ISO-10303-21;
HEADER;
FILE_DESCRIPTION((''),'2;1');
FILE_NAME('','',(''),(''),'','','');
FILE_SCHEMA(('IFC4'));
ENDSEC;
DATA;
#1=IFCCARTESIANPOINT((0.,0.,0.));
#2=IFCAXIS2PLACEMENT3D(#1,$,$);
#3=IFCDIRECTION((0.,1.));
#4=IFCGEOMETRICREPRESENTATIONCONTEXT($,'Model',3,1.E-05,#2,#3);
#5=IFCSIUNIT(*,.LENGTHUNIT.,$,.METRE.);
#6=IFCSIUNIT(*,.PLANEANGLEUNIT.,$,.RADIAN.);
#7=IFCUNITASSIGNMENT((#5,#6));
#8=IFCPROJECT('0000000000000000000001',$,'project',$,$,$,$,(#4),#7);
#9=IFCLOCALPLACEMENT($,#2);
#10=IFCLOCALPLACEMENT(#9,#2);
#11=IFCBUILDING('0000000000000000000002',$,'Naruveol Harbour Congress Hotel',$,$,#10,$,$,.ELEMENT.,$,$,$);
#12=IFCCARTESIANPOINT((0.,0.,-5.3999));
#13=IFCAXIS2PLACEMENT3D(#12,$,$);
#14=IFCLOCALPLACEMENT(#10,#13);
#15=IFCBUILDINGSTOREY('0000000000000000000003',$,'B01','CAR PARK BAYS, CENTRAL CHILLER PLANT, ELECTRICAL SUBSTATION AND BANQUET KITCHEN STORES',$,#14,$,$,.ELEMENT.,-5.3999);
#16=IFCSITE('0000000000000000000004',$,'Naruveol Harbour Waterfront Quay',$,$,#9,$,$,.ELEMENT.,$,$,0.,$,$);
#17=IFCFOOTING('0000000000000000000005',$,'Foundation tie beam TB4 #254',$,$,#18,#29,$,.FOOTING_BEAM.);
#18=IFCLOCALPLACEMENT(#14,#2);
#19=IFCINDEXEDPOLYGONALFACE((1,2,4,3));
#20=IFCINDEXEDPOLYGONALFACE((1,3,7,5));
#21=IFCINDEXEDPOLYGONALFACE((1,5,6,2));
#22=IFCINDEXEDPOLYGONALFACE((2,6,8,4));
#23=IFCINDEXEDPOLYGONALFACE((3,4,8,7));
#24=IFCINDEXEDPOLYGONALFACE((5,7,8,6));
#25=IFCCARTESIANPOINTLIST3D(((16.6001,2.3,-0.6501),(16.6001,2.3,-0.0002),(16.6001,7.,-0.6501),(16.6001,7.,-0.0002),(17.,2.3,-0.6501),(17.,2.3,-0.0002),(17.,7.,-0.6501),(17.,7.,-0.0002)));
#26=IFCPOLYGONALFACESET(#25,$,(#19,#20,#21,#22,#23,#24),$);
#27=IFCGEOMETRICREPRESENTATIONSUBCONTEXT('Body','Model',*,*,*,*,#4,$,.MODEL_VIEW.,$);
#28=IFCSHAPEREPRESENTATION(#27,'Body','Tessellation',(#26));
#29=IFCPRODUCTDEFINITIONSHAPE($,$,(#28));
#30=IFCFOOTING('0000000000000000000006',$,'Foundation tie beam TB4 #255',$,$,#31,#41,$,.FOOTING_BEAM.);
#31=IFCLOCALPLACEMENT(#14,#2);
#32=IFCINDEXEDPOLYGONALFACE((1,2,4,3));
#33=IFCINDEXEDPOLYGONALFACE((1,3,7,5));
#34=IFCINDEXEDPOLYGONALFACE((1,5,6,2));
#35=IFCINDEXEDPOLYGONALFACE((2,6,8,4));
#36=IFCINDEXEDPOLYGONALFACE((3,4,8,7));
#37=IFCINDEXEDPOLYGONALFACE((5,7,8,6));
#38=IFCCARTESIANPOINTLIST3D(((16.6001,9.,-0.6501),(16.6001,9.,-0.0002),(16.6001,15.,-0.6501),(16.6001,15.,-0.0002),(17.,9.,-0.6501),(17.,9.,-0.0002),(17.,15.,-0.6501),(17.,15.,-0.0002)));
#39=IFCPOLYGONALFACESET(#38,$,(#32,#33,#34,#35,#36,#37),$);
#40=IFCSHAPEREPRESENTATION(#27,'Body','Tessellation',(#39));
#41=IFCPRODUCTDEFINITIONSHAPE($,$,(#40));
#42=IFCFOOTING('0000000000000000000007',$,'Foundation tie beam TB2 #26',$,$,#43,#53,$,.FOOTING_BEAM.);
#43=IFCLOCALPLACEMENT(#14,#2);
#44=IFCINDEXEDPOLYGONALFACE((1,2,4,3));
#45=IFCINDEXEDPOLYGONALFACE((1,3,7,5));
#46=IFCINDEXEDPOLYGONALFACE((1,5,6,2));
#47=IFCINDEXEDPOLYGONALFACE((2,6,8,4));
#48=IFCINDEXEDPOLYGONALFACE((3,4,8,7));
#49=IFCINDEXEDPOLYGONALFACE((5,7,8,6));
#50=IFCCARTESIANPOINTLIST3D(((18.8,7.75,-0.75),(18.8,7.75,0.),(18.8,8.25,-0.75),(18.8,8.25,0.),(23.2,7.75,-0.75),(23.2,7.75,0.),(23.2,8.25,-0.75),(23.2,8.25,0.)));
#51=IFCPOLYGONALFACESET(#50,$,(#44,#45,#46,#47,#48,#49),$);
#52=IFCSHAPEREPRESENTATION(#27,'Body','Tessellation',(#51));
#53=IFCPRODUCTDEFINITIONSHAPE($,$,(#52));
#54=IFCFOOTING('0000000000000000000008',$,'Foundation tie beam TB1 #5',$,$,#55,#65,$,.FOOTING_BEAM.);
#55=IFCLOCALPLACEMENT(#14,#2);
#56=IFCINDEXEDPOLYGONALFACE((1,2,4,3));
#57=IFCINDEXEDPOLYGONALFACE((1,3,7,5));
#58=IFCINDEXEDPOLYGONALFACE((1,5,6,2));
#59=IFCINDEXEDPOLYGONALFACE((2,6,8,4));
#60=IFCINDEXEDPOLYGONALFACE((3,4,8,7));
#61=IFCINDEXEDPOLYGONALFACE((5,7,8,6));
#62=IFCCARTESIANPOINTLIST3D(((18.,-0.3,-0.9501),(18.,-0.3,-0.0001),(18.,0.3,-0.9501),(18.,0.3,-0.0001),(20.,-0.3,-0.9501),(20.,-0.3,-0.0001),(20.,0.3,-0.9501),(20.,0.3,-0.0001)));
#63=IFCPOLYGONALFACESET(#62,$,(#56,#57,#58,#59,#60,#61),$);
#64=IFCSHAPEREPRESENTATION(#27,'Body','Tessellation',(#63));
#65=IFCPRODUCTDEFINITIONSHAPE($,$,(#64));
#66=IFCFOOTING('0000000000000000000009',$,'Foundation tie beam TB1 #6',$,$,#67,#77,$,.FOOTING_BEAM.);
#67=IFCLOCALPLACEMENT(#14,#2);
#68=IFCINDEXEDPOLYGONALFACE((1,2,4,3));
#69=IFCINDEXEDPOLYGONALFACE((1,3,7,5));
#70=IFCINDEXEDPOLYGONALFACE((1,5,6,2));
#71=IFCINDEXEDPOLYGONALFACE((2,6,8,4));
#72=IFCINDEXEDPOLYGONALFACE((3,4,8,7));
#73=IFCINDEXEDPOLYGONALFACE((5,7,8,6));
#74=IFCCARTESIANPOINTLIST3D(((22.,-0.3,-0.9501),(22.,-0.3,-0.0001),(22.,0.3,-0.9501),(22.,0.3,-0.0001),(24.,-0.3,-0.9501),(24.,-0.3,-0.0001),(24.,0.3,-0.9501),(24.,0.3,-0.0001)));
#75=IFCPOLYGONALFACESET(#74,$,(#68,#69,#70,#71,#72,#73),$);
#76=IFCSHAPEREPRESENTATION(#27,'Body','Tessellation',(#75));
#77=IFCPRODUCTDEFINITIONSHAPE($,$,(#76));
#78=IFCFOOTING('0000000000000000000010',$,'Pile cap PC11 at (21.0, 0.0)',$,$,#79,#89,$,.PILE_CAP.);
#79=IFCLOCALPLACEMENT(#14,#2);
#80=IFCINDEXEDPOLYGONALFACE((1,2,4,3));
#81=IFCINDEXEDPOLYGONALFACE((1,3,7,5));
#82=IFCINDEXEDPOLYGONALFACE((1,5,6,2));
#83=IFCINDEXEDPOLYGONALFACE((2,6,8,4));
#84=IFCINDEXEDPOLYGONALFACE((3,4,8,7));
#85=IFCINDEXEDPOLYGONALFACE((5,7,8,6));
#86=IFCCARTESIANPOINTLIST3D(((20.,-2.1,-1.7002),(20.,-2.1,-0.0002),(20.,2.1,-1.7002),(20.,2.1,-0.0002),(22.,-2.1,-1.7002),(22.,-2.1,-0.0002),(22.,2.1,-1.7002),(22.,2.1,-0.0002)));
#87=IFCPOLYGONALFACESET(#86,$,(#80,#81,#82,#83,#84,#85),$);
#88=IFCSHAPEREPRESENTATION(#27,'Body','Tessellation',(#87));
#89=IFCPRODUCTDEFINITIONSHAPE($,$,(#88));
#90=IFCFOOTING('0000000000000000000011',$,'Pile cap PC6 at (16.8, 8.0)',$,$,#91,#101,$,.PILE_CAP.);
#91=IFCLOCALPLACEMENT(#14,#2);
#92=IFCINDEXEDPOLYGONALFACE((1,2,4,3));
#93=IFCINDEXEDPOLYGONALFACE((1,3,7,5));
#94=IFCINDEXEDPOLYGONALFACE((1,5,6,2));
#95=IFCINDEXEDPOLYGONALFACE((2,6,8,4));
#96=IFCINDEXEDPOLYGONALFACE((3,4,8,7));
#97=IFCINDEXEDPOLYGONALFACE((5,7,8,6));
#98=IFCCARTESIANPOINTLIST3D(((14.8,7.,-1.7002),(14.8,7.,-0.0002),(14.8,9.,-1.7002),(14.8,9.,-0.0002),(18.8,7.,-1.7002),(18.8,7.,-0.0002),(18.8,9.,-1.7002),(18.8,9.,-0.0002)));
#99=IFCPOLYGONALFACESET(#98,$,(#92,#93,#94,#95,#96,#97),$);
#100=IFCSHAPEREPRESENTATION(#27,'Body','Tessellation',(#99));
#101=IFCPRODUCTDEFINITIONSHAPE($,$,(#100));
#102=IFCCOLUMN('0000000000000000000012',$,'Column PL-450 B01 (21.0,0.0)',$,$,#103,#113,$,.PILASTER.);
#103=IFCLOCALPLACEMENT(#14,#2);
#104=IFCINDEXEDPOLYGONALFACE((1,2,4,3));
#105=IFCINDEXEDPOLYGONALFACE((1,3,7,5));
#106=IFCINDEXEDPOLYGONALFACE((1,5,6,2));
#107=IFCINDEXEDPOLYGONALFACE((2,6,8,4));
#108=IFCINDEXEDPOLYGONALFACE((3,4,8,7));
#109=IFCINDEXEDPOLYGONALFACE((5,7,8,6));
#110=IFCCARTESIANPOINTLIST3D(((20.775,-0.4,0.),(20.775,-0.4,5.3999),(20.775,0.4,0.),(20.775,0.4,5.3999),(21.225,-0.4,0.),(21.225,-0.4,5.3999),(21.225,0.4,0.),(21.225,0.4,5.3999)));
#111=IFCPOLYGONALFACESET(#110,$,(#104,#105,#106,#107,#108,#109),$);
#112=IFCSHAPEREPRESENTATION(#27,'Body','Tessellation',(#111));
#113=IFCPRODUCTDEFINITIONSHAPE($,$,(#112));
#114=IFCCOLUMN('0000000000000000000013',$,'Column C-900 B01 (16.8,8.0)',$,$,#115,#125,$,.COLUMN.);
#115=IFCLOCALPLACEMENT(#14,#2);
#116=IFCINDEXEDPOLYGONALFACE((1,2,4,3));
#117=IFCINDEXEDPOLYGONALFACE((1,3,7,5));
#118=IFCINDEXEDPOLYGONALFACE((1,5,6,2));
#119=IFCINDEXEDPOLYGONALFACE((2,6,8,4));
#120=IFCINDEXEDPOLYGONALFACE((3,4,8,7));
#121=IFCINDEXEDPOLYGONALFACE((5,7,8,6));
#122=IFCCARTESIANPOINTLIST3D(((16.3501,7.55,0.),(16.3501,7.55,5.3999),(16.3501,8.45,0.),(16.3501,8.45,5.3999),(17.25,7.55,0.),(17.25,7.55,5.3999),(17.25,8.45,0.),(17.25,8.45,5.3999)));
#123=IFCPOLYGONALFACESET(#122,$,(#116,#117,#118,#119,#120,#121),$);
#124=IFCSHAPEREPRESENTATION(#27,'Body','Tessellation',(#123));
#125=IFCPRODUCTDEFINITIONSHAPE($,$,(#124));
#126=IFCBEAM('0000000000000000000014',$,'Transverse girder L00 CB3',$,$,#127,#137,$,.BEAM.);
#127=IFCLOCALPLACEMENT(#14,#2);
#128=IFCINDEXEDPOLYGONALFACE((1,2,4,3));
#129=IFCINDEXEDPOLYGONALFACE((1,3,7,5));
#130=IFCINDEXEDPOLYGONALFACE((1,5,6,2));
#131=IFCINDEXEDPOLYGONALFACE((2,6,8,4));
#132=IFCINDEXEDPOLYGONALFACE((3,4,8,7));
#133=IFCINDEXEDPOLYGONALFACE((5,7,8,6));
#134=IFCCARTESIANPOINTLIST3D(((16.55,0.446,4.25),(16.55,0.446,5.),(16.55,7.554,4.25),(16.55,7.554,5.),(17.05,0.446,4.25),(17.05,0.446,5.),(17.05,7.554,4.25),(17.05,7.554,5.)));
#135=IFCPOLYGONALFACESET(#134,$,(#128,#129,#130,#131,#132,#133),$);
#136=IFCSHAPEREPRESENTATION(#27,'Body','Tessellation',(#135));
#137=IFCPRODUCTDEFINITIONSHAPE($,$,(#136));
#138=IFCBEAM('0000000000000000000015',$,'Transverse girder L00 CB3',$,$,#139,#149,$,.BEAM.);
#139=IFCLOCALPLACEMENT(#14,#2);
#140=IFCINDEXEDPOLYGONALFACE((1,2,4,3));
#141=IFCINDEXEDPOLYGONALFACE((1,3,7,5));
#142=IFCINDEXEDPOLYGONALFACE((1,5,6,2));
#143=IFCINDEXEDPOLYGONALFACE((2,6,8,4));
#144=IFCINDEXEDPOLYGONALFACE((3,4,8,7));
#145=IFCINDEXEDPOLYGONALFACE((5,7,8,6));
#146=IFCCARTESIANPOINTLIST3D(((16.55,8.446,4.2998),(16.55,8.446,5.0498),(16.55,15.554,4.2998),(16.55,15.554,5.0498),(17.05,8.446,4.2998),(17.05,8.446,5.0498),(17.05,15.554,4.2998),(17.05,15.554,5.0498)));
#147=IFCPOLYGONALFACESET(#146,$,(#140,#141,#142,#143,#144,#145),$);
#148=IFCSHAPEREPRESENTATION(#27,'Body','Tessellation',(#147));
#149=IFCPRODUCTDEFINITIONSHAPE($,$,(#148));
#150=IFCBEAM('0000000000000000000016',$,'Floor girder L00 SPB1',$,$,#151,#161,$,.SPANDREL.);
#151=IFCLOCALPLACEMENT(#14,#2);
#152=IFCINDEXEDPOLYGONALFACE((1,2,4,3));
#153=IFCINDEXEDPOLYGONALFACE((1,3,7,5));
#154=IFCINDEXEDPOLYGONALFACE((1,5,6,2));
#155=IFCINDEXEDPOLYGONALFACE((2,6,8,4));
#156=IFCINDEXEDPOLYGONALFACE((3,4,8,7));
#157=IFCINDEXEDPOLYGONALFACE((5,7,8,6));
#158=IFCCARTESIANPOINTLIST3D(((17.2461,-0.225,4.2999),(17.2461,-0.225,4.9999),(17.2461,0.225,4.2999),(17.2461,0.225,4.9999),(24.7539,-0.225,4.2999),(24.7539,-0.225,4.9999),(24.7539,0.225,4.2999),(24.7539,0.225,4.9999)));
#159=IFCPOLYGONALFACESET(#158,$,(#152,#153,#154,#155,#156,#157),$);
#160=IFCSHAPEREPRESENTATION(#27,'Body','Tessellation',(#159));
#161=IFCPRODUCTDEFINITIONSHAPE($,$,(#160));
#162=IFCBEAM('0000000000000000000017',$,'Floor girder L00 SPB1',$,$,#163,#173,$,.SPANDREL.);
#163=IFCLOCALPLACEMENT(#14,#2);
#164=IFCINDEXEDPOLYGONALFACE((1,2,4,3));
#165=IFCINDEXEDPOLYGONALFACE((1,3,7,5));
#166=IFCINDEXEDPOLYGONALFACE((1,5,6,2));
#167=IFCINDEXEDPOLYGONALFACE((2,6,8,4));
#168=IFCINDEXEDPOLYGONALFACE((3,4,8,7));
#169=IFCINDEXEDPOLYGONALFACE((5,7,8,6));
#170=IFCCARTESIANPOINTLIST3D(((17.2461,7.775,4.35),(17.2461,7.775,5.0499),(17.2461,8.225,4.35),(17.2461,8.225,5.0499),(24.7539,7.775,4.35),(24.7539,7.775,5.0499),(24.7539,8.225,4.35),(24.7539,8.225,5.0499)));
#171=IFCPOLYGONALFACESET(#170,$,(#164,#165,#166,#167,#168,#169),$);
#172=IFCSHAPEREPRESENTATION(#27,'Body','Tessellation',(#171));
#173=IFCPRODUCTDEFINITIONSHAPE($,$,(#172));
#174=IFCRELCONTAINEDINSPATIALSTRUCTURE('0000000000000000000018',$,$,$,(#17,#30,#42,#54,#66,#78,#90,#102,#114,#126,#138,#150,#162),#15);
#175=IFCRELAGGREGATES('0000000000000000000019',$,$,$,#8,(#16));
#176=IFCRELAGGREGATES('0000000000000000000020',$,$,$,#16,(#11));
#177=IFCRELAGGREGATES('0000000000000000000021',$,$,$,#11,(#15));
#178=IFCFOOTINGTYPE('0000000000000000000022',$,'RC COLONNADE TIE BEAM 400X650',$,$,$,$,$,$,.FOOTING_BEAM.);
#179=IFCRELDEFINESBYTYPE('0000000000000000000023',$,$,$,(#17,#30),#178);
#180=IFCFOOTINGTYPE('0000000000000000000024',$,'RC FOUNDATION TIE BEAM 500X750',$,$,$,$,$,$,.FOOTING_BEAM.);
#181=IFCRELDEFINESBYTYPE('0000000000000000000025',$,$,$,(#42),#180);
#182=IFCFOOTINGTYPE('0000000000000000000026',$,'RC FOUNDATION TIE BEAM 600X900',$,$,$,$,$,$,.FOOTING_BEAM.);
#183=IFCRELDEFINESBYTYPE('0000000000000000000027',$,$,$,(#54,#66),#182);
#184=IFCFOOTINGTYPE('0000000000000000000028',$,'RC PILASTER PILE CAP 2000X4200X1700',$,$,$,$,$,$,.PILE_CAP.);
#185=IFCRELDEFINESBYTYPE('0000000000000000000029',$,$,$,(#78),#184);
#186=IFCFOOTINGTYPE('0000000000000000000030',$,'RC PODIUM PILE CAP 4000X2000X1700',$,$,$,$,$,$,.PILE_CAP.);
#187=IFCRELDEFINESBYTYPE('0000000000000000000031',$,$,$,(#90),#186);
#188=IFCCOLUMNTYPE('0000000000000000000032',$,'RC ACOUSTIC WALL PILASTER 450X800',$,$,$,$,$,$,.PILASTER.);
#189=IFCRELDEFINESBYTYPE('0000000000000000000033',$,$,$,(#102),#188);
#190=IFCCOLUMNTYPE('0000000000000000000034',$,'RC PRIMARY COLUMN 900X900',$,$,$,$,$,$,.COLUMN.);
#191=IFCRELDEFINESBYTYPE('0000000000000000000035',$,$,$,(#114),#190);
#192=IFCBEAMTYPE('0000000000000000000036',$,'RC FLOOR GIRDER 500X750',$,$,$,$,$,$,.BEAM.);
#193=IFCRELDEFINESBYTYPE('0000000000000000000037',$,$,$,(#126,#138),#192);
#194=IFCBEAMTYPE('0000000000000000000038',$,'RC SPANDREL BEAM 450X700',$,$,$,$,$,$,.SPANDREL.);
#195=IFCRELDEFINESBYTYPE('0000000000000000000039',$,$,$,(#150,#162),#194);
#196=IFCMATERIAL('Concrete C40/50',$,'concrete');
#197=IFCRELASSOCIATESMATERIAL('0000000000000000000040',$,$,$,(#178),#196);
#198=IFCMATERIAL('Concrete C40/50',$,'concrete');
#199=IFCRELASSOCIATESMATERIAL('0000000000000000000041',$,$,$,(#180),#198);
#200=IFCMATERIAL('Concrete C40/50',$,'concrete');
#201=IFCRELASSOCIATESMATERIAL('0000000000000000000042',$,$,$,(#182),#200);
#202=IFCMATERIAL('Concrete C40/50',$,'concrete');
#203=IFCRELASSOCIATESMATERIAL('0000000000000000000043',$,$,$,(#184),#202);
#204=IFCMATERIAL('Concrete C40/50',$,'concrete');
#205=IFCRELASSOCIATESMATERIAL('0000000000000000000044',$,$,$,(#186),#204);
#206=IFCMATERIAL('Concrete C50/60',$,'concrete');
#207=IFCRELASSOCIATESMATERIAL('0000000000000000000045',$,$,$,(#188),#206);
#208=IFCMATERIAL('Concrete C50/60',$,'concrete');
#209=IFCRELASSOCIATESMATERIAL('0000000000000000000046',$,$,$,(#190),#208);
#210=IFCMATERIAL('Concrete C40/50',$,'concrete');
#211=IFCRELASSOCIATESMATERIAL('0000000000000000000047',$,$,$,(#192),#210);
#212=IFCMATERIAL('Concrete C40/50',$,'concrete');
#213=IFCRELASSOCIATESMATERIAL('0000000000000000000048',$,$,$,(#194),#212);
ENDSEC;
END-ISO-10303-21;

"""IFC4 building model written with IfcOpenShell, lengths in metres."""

from ifc_helpers import new_model, si_unit, direction, frame, origin, origin_2d, place, context, subcontext, project, spatial, rectangle, extrude, material, material_profile, profile_set, type_object, element, save


model = new_model("IFC4")

# Units and contexts
model_context = context("Model", 3, precision=1e-05, world=origin(), true_north=direction((0.0, 1.0)))
body_context = subcontext(model_context, "Body", "Model", "MODEL_VIEW")
ifc_project = project(units=[si_unit("LENGTHUNIT", "METRE"), si_unit("PLANEANGLEUNIT", "RADIAN")], contexts=[model_context])

# Site, building, storey
site_placement = place(None, origin())
site = spatial("IfcSite", under=ifc_project, at=site_placement, Name="Naruveol Harbour Waterfront Quay", CompositionType="ELEMENT", RefElevation=0.0)
building_placement = place(site_placement, origin())
building = spatial("IfcBuilding", under=site, at=building_placement, Name="Naruveol Harbour Congress Hotel", CompositionType="ELEMENT")
storey_placement = place(building_placement, frame((0.0, 0.0, -5.3999)))
storey = spatial("IfcBuildingStorey", under=building, at=storey_placement, Name="B01", Description="CAR PARK BAYS, CENTRAL CHILLER PLANT, ELECTRICAL SUBSTATION AND BANQUET KITCHEN STORES", CompositionType="ELEMENT", Elevation=-5.3999)

# Footings
ifc_material_1 = material(Name="Concrete C40/50", Category="concrete")
ifc_material_profile_1 = material_profile(ifc_material_1, rectangle(XDim=0.3999, YDim=0.6499, at=origin_2d()), Name="RCB-400x650")
ifc_profile_set_1 = profile_set([ifc_material_profile_1], Name="Concrete C40/50")
footing_type_1 = type_object("IfcFootingType", Name="RC COLONNADE TIE BEAM 400X650", PredefinedType="FOOTING_BEAM", material=ifc_profile_set_1)
footing_1_placement = place(storey_placement, frame((16.8, 2.3, -0.3252), z_axis=(0.0, 1.0, 0.0), x_axis=(-1.0, 0.0, 0.0)))
element("IfcFooting", 1, at=footing_1_placement, inside=storey, type_object=footing_type_1, Name="Foundation tie beam TB4 #254", PredefinedType="FOOTING_BEAM", context=body_context, shape_type="SweptSolid", body=[
    extrude(rectangle(XDim=0.3999, YDim=0.6499, at=origin_2d()), origin(), (0.0, 0.0, 1.0), 4.7),
])
footing_2_placement = place(storey_placement, frame((16.8, 9.0, -0.3252), z_axis=(0.0, 1.0, 0.0), x_axis=(-1.0, 0.0, 0.0)))
element("IfcFooting", 2, at=footing_2_placement, inside=storey, type_object=footing_type_1, Name="Foundation tie beam TB4 #255", PredefinedType="FOOTING_BEAM", context=body_context, shape_type="SweptSolid", body=[
    extrude(rectangle(XDim=0.3999, YDim=0.6499, at=origin_2d()), origin(), (0.0, 0.0, 1.0), 6.0),
])
ifc_material_2 = material(Name="Concrete C40/50", Category="concrete")
ifc_material_profile_2 = material_profile(ifc_material_2, rectangle(XDim=0.5, YDim=0.75, at=origin_2d()), Name="RCB-500x750")
ifc_profile_set_2 = profile_set([ifc_material_profile_2], Name="Concrete C40/50")
footing_type_2 = type_object("IfcFootingType", Name="RC FOUNDATION TIE BEAM 500X750", PredefinedType="FOOTING_BEAM", material=ifc_profile_set_2)
footing_3_placement = place(storey_placement, frame((18.8, 8.0, -0.375), z_axis=(1.0, 0.0, 0.0), x_axis=(0.0, 1.0, 0.0)))
element("IfcFooting", 3, at=footing_3_placement, inside=storey, type_object=footing_type_2, Name="Foundation tie beam TB2 #26", PredefinedType="FOOTING_BEAM", context=body_context, shape_type="SweptSolid", body=[
    extrude(rectangle(XDim=0.5, YDim=0.75, at=origin_2d()), origin(), (0.0, 0.0, 1.0), 4.3999),
])
ifc_material_3 = material(Name="Concrete C40/50", Category="concrete")
ifc_material_profile_3 = material_profile(ifc_material_3, rectangle(XDim=0.6001, YDim=0.95, at=origin_2d()), Name="RCB-600x950")
ifc_profile_set_3 = profile_set([ifc_material_profile_3], Name="Concrete C40/50")
footing_type_3 = type_object("IfcFootingType", Name="RC FOUNDATION TIE BEAM 600X900", PredefinedType="FOOTING_BEAM", material=ifc_profile_set_3)
for number, where, z_axis, x_axis, name in (
    (4, (18.0, 0.0, -0.4751), (1.0, 0.0, 0.0), (0.0, 1.0, 0.0), "Foundation tie beam TB1 #5"),
    (5, (22.0, 0.0, -0.4751), (1.0, 0.0, 0.0), (0.0, 1.0, 0.0), "Foundation tie beam TB1 #6"),
):
    element("IfcFooting", number, at=place(storey_placement, frame(where, z_axis=z_axis, x_axis=x_axis)), inside=storey, type_object=footing_type_3, Name=name, PredefinedType="FOOTING_BEAM", context=body_context, shape_type="SweptSolid", body=[
        extrude(rectangle(XDim=0.6001, YDim=0.95, at=origin_2d()), origin(), (0.0, 0.0, 1.0), 2.0),
    ])
ifc_material_4 = material(Name="Concrete C40/50", Category="concrete")
footing_type_4 = type_object("IfcFootingType", Name="RC PILASTER PILE CAP 2000X4200X1700", PredefinedType="PILE_CAP", material=ifc_material_4)
footing_4_placement = place(storey_placement, frame((21.0, 0.0, -1.7002), z_axis=(0.0, 0.0, 1.0), x_axis=(1.0, 0.0, 0.0)))
element("IfcFooting", 6, at=footing_4_placement, inside=storey, type_object=footing_type_4, Name="Pile cap PC11 at (21.0, 0.0)", PredefinedType="PILE_CAP", context=body_context, shape_type="SweptSolid", body=[
    extrude(rectangle(XDim=2.0, YDim=4.2, at=origin_2d()), origin(), (0.0, 0.0, 1.0), 1.7),
])
ifc_material_5 = material(Name="Concrete C40/50", Category="concrete")
footing_type_5 = type_object("IfcFootingType", Name="RC PODIUM PILE CAP 4000X2000X1700", PredefinedType="PILE_CAP", material=ifc_material_5)
footing_5_placement = place(storey_placement, frame((16.8, 8.0, -1.7002), z_axis=(0.0, 0.0, 1.0), x_axis=(1.0, 0.0, 0.0)))
element("IfcFooting", 7, at=footing_5_placement, inside=storey, type_object=footing_type_5, Name="Pile cap PC6 at (16.8, 8.0)", PredefinedType="PILE_CAP", context=body_context, shape_type="SweptSolid", body=[
    extrude(rectangle(XDim=4.0, YDim=2.0, at=origin_2d()), origin(), (0.0, 0.0, 1.0), 1.7),
])

# Columns
ifc_material_6 = material(Name="Concrete C50/60", Category="concrete")
ifc_material_profile_4 = material_profile(ifc_material_6, rectangle(XDim=0.45, YDim=0.8, at=origin_2d()), Name="RC-450x800")
ifc_profile_set_4 = profile_set([ifc_material_profile_4], Name="Concrete C50/60")
column_type_1 = type_object("IfcColumnType", Name="RC ACOUSTIC WALL PILASTER 450X800", PredefinedType="PILASTER", material=ifc_profile_set_4)
column_1_placement = place(storey_placement, frame((21.0, 0.0, 0.0), z_axis=(0.0, 0.0, 1.0), x_axis=(1.0, 0.0, 0.0)))
element("IfcColumn", 8, at=column_1_placement, inside=storey, type_object=column_type_1, Name="Column PL-450 B01 (21.0,0.0)", PredefinedType="PILASTER", context=body_context, shape_type="SweptSolid", body=[
    extrude(rectangle(XDim=0.45, YDim=0.8, at=origin_2d()), origin(), (0.0, 0.0, 1.0), 5.3999),
])
ifc_material_7 = material(Name="Concrete C50/60", Category="concrete")
ifc_material_profile_5 = material_profile(ifc_material_7, rectangle(XDim=0.8999, YDim=0.8999, at=origin_2d()), Name="RC-900x900")
ifc_profile_set_5 = profile_set([ifc_material_profile_5], Name="Concrete C50/60")
column_type_2 = type_object("IfcColumnType", Name="RC PRIMARY COLUMN 900X900", PredefinedType="COLUMN", material=ifc_profile_set_5)
column_2_placement = place(storey_placement, frame((16.8, 8.0, 0.0), z_axis=(0.0, 0.0, 1.0), x_axis=(1.0, 0.0, 0.0)))
element("IfcColumn", 9, at=column_2_placement, inside=storey, type_object=column_type_2, Name="Column C-900 B01 (16.8,8.0)", PredefinedType="COLUMN", context=body_context, shape_type="SweptSolid", body=[
    extrude(rectangle(XDim=0.8999, YDim=0.8999, at=origin_2d()), origin(), (0.0, 0.0, 1.0), 5.3999),
])

# Beams
ifc_material_8 = material(Name="Concrete C40/50", Category="concrete")
ifc_material_profile_6 = material_profile(ifc_material_8, rectangle(XDim=0.5, YDim=0.75, at=origin_2d()), Name="RCB-500x750")
ifc_profile_set_6 = profile_set([ifc_material_profile_6], Name="Concrete C40/50")
beam_type_1 = type_object("IfcBeamType", Name="RC FLOOR GIRDER 500X750", PredefinedType="BEAM", material=ifc_profile_set_6)
for number, where, z_axis, x_axis, name in (
    (10, (16.8, 0.446, 4.625), (0.0, 1.0, 0.0), (-1.0, 0.0, 0.0), "Transverse girder L00 CB3"),
    (11, (16.8, 8.446, 4.6748), (0.0, 1.0, 0.0), (-1.0, 0.0, 0.0), "Transverse girder L00 CB3"),
):
    element("IfcBeam", number, at=place(storey_placement, frame(where, z_axis=z_axis, x_axis=x_axis)), inside=storey, type_object=beam_type_1, Name=name, PredefinedType="BEAM", context=body_context, shape_type="SweptSolid", body=[
        extrude(rectangle(XDim=0.5, YDim=0.75, at=origin_2d()), origin(), (0.0, 0.0, 1.0), 7.1079),
    ])
ifc_material_9 = material(Name="Concrete C40/50", Category="concrete")
ifc_material_profile_7 = material_profile(ifc_material_9, rectangle(XDim=0.45, YDim=0.7, at=origin_2d()), Name="RCB-450x700")
ifc_profile_set_7 = profile_set([ifc_material_profile_7], Name="Concrete C40/50")
beam_type_2 = type_object("IfcBeamType", Name="RC SPANDREL BEAM 450X700", PredefinedType="SPANDREL", material=ifc_profile_set_7)
for number, where, z_axis, x_axis, name in (
    (12, (17.2461, 0.0, 4.6499), (1.0, 0.0, 0.0), (0.0, 1.0, 0.0), "Floor girder L00 SPB1"),
    (13, (17.2461, 8.0, 4.7), (1.0, 0.0, 0.0), (0.0, 1.0, 0.0), "Floor girder L00 SPB1"),
):
    element("IfcBeam", number, at=place(storey_placement, frame(where, z_axis=z_axis, x_axis=x_axis)), inside=storey, type_object=beam_type_2, Name=name, PredefinedType="SPANDREL", context=body_context, shape_type="SweptSolid", body=[
        extrude(rectangle(XDim=0.45, YDim=0.7, at=origin_2d()), origin(), (0.0, 0.0, 1.0), 7.5078),
    ])

save(model, "model.ifc")
